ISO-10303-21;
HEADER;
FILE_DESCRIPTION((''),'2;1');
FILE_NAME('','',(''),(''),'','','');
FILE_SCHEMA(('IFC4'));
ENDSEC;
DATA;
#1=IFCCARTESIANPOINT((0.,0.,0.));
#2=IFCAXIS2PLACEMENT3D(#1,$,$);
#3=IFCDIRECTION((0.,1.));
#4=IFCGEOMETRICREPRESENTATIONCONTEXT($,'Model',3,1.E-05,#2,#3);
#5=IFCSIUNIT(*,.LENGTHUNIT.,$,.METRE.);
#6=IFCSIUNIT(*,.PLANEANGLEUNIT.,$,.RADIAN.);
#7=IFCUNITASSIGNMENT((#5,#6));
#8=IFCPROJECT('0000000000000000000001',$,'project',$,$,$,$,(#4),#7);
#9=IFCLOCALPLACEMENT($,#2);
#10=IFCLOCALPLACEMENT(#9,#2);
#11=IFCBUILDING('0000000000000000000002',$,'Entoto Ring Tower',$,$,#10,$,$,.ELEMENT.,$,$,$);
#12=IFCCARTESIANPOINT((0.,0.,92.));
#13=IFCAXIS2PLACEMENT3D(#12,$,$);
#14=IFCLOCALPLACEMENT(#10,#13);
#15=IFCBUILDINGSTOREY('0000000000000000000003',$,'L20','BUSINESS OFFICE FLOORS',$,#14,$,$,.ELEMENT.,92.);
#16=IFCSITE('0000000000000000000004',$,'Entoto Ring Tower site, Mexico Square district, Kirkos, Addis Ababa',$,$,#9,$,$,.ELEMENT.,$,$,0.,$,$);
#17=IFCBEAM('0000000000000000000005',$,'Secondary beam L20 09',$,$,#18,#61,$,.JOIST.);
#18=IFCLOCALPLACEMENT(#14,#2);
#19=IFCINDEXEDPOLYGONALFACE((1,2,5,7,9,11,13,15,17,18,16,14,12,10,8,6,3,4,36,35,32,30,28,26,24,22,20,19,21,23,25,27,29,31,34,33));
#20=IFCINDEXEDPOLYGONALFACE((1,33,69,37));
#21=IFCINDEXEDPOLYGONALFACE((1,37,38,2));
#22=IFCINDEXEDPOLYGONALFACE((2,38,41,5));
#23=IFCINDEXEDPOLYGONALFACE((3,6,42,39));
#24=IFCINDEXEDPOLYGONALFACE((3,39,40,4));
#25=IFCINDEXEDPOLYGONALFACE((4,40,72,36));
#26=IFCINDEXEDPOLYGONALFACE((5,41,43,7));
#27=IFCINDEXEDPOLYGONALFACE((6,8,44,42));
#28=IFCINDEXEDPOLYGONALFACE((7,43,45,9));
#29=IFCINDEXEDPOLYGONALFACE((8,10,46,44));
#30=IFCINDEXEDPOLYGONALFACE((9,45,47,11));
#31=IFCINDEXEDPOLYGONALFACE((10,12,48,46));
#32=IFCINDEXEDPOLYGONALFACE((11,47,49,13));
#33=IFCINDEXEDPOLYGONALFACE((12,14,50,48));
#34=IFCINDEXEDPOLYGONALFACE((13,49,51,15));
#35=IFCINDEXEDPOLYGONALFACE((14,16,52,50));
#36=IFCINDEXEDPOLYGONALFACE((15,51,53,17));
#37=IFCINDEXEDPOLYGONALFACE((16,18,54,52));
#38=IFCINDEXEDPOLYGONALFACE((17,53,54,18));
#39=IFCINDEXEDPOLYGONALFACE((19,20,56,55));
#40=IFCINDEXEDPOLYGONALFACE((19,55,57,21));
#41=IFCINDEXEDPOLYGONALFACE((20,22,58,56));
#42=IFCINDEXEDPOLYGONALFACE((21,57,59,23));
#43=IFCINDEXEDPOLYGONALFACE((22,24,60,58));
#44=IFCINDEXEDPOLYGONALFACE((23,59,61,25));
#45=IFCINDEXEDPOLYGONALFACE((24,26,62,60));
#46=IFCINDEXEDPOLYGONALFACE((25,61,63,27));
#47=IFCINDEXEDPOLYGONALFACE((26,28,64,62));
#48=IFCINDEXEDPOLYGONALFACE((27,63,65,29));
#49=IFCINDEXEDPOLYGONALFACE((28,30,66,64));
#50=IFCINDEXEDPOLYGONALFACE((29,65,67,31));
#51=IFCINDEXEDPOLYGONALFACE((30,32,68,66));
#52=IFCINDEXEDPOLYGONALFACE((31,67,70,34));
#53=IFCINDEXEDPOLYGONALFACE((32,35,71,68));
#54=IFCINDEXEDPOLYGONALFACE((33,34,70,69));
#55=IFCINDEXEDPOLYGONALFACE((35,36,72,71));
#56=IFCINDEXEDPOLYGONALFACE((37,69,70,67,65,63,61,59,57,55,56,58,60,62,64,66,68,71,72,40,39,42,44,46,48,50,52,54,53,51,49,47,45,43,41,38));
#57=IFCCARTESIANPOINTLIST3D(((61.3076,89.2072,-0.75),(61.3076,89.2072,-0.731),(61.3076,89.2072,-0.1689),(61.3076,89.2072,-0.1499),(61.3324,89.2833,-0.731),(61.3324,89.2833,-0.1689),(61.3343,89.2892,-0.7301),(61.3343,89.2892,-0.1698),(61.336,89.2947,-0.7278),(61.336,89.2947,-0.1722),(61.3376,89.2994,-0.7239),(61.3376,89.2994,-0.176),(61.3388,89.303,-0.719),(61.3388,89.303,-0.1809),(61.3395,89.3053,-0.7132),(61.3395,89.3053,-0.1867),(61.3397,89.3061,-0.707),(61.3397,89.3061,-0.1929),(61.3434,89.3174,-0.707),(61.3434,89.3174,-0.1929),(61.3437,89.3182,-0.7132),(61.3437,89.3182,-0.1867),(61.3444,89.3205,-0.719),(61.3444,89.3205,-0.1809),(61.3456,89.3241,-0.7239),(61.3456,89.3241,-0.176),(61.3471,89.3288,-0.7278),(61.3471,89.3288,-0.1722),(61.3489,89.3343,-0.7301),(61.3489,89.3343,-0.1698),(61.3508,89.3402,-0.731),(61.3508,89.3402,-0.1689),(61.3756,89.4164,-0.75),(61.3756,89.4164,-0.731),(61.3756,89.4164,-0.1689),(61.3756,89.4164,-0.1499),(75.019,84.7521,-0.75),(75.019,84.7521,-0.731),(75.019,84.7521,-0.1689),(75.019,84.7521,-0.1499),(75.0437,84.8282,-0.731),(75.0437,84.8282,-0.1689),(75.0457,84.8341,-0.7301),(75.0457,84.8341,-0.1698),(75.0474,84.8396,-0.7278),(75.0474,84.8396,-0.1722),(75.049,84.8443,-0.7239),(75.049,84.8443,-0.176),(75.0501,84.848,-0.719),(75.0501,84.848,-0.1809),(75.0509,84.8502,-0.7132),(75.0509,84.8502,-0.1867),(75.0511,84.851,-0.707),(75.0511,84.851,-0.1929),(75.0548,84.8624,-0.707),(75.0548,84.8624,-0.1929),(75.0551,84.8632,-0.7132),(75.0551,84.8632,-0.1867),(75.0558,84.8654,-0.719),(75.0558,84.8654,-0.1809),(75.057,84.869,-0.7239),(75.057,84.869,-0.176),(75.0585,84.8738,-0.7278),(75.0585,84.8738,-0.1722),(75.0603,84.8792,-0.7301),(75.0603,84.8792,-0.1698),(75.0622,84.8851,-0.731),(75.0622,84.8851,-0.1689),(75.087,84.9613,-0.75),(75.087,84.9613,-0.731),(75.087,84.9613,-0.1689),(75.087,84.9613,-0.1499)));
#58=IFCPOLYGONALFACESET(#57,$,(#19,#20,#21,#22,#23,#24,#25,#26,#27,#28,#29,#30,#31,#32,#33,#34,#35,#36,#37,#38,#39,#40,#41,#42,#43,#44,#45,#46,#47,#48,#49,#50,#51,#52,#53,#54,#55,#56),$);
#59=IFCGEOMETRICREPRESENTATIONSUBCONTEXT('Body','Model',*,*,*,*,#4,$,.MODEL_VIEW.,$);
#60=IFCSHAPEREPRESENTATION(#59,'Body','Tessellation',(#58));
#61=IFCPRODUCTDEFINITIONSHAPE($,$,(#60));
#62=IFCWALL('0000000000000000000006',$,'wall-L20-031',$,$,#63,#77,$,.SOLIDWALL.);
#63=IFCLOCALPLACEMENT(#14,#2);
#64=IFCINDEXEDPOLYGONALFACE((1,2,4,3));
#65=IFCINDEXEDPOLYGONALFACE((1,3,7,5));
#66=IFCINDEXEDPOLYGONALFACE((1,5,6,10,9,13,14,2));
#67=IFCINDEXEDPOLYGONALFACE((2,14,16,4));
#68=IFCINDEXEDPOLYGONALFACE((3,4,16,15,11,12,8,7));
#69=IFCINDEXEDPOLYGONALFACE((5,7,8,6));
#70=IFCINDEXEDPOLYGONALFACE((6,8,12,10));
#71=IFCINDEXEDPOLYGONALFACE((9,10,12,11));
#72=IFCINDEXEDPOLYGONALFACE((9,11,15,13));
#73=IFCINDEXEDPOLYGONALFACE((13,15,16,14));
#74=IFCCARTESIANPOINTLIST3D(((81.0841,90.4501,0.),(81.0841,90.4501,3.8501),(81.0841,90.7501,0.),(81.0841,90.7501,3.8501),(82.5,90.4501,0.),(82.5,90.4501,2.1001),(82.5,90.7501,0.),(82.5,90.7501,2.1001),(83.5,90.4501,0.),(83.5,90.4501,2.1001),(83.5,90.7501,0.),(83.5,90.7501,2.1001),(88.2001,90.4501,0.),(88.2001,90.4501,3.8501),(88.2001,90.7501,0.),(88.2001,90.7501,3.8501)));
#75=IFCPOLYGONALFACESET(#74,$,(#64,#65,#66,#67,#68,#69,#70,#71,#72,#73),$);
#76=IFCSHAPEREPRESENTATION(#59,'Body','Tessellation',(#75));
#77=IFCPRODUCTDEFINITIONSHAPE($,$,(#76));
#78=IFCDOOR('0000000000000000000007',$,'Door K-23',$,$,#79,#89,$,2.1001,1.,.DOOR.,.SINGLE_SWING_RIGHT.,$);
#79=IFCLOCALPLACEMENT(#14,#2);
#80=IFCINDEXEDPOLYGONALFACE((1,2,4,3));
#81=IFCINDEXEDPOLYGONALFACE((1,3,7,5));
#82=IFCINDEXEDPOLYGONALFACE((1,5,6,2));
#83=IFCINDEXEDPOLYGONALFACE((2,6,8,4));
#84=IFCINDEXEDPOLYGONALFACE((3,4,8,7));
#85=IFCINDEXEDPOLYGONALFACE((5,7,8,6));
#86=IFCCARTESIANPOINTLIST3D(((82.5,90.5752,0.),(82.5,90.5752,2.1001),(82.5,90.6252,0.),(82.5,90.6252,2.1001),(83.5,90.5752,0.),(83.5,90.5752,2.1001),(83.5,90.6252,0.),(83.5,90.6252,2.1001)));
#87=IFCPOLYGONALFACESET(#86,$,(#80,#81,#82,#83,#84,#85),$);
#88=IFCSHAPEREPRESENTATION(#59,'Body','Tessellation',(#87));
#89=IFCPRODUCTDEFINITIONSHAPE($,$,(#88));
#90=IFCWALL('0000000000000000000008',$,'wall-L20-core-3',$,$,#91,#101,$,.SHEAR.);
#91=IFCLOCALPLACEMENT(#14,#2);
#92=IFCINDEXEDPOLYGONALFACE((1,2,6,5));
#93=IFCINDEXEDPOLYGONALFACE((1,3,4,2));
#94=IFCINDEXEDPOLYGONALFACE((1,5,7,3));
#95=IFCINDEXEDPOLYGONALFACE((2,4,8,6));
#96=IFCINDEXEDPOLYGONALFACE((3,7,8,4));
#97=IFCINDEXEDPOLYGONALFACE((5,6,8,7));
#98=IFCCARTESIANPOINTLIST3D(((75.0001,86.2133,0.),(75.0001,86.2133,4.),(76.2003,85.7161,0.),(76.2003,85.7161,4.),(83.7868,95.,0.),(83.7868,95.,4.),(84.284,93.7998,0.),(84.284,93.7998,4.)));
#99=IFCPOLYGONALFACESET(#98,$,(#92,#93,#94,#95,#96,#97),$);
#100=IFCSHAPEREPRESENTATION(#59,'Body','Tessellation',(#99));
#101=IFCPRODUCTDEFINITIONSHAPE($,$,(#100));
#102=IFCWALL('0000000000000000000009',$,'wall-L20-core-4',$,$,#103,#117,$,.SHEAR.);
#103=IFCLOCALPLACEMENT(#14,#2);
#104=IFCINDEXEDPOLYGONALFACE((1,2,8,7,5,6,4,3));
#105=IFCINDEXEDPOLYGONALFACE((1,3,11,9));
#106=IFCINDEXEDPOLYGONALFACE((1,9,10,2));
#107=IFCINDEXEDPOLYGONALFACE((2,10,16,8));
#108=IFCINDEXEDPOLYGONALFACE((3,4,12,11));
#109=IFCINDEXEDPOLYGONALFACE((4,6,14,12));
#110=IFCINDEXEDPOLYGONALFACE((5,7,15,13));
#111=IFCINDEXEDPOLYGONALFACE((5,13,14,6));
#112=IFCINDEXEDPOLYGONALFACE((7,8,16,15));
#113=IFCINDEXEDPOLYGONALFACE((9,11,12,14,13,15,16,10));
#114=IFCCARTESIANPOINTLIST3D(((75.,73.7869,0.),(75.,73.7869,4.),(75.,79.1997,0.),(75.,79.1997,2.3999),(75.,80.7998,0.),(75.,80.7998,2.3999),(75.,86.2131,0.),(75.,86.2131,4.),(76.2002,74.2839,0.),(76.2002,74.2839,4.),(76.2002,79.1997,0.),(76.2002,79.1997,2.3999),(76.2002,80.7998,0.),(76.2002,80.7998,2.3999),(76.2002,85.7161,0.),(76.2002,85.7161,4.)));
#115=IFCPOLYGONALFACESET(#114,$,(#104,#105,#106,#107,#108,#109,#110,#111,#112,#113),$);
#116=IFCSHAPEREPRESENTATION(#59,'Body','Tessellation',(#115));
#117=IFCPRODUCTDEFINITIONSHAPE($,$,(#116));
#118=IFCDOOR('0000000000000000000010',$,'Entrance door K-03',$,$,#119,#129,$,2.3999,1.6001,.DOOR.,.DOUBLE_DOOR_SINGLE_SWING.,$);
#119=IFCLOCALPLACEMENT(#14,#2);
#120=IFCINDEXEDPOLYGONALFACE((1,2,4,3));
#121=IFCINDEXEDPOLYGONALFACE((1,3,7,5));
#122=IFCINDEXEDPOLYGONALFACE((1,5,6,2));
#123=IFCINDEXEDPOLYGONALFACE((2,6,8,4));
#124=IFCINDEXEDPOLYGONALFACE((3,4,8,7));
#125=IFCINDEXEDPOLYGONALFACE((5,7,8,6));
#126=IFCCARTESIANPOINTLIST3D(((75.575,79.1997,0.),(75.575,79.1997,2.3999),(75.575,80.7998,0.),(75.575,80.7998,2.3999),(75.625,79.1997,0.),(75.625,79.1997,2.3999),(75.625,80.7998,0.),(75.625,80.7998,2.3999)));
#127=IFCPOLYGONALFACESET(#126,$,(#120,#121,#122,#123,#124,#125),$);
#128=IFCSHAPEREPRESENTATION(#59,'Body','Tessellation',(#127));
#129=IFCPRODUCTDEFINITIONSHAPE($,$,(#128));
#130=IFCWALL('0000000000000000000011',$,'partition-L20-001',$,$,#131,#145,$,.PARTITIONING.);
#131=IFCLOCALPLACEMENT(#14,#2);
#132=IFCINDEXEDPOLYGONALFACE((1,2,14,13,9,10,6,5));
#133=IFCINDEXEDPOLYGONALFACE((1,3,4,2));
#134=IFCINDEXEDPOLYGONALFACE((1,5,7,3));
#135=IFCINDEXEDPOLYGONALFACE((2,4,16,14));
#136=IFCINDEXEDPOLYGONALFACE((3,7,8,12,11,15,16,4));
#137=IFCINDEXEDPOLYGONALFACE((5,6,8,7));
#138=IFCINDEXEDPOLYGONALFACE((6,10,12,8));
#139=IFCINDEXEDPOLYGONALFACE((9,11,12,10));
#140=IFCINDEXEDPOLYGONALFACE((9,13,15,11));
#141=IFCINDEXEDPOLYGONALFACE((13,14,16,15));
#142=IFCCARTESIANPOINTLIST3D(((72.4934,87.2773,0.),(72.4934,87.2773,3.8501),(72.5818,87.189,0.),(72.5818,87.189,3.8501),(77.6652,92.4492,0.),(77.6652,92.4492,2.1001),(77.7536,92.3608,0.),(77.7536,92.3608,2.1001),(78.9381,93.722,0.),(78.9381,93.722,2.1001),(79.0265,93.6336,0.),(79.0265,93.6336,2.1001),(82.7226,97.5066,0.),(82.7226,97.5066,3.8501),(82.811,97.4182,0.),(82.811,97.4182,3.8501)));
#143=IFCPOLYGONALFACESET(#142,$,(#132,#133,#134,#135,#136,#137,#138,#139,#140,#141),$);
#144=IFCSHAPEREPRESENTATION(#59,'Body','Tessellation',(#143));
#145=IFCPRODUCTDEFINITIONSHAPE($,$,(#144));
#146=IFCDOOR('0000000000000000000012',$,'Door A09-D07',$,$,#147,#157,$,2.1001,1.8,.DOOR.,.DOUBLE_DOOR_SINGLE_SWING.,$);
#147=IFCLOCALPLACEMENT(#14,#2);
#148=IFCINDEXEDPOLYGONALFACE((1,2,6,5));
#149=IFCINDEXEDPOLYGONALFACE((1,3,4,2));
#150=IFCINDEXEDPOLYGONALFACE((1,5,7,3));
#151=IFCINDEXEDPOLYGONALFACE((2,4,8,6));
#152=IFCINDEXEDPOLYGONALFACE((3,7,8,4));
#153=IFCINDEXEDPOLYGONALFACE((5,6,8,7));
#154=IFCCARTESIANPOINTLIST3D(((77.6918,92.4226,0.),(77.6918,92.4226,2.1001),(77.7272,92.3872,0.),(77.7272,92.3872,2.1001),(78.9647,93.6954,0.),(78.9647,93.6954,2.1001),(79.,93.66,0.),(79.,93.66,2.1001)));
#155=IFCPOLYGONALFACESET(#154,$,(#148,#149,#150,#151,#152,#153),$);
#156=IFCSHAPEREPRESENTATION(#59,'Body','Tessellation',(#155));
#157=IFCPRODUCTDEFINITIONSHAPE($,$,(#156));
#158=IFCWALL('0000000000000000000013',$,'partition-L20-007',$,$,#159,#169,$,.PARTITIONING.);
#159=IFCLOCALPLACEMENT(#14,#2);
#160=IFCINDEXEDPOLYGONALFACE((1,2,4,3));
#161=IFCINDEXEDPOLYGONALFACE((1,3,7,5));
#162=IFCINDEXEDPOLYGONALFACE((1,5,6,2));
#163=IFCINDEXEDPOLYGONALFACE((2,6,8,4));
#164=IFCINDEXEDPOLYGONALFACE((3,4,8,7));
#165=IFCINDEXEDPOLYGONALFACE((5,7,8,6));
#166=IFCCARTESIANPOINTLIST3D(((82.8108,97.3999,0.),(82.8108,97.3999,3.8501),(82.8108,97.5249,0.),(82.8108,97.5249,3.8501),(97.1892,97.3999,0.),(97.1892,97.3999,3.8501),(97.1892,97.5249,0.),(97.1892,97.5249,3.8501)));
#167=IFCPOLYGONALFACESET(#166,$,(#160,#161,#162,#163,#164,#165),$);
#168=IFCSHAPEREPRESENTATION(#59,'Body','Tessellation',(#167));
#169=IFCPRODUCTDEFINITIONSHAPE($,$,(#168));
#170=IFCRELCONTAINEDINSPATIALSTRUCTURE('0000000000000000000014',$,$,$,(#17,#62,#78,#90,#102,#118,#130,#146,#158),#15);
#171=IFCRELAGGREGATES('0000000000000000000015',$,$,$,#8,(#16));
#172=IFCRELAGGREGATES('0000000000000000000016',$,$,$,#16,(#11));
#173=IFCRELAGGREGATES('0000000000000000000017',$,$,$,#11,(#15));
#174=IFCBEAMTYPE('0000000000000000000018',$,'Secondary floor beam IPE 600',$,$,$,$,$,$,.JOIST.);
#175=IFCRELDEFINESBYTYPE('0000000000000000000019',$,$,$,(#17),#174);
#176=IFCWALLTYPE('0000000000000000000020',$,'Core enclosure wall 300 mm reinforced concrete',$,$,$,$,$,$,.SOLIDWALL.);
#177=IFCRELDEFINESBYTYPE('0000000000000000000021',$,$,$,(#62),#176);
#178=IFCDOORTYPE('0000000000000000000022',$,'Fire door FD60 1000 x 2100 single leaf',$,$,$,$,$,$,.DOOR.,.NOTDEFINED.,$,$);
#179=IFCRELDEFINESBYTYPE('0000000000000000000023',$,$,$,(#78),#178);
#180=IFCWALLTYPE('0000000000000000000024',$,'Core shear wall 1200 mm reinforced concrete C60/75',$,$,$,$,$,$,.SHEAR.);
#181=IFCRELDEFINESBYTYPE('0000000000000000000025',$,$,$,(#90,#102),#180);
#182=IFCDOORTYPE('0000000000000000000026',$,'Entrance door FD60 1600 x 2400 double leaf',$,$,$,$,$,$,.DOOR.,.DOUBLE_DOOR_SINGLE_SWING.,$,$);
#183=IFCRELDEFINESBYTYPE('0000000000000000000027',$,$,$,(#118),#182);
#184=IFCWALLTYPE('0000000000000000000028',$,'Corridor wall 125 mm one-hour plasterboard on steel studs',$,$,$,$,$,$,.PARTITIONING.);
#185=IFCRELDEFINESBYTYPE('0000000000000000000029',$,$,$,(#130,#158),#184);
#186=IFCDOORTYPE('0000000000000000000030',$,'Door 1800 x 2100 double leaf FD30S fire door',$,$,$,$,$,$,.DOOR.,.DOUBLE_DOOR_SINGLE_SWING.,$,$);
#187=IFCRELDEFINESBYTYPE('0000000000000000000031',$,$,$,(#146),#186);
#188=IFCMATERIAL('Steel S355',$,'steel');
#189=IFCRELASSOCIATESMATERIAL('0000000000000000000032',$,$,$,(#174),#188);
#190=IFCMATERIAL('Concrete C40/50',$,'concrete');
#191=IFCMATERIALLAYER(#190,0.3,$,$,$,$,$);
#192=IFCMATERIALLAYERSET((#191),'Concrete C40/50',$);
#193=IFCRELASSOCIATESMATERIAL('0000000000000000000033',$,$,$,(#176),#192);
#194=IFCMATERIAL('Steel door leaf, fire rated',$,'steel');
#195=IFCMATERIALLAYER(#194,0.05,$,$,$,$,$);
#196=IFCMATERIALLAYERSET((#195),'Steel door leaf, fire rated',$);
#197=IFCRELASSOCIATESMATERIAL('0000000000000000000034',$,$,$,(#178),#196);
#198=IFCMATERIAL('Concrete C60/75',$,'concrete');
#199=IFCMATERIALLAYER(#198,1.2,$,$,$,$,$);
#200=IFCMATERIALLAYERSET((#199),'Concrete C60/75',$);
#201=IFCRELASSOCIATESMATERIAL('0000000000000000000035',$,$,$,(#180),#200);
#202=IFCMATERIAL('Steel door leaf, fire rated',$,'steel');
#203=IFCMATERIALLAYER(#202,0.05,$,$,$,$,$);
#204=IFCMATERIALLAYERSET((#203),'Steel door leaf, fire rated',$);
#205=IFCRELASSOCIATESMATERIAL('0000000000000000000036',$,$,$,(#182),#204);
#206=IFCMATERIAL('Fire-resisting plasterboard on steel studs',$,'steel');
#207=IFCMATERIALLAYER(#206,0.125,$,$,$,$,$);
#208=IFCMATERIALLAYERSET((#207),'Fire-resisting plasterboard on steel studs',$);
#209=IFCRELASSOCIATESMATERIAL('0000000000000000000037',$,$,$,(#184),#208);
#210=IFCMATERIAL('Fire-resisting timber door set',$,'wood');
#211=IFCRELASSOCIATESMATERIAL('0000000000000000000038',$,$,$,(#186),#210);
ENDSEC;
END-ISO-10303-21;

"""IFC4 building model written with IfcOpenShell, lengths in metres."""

from ifc_helpers import new_model, si_unit, direction, frame, frame_2d, origin, origin_2d, place, context, subcontext, project, spatial, polyline, rectangle, i_section, outline, extrude, material, layer, layer_set, material_profile, profile_set, type_object, element, fill, save


model = new_model("IFC4")

# Units and contexts
model_context = context("Model", 3, precision=1e-05, world=origin(), true_north=direction((0.0, 1.0)))
body_context = subcontext(model_context, "Body", "Model", "MODEL_VIEW")
ifc_project = project(units=[si_unit("LENGTHUNIT", "METRE"), si_unit("PLANEANGLEUNIT", "RADIAN")], contexts=[model_context])

# Site, building, storey
site_placement = place(None, origin())
site = spatial("IfcSite", under=ifc_project, at=site_placement, Name="Entoto Ring Tower site, Mexico Square district, Kirkos, Addis Ababa", CompositionType="ELEMENT", RefElevation=0.0)
building_placement = place(site_placement, origin())
building = spatial("IfcBuilding", under=site, at=building_placement, Name="Entoto Ring Tower", CompositionType="ELEMENT")
storey_placement = place(building_placement, frame((0.0, 0.0, 92.0)))
storey = spatial("IfcBuildingStorey", under=building, at=storey_placement, Name="L20", Description="BUSINESS OFFICE FLOORS", CompositionType="ELEMENT", Elevation=92.0)

# Beam
ifc_material_1 = material(Name="Steel S355", Category="steel")
ifc_material_profile_1 = material_profile(ifc_material_1, i_section(OverallWidth=0.22, OverallDepth=0.6001, WebThickness=0.012, FlangeThickness=0.019, FilletRadius=0.0239, at=origin_2d()), Name="IPE 600")
ifc_profile_set_1 = profile_set([ifc_material_profile_1], Name="Steel S355")
beam_type_1 = type_object("IfcBeamType", Name="Secondary floor beam IPE 600", PredefinedType="JOIST", material=ifc_profile_set_1)
beam_1_placement = place(storey_placement, frame((75.053, 84.8567, -0.45), z_axis=(-0.951057, 0.309015, 0.0), x_axis=(-0.309015, -0.951057, 0.0)))
element("IfcBeam", 1, at=beam_1_placement, inside=storey, type_object=beam_type_1, Name="Secondary beam L20 09", PredefinedType="JOIST", context=body_context, shape_type="SweptSolid", body=[
    extrude(i_section(OverallWidth=0.22, OverallDepth=0.6001, WebThickness=0.012, FlangeThickness=0.019, FilletRadius=0.0239, at=origin_2d()), origin(), (0.0, 0.0, 1.0), 14.417),
])

# Wall, opening, door
ifc_material_2 = material(Name="Concrete C40/50", Category="concrete")
ifc_layer_1 = layer(ifc_material_2, 0.3)
ifc_layer_set_1 = layer_set([ifc_layer_1], Name="Concrete C40/50")
wall_type_1 = type_object("IfcWallType", Name="Core enclosure wall 300 mm reinforced concrete", PredefinedType="SOLIDWALL", material=ifc_layer_set_1)
wall_1_placement = place(storey_placement, frame((81.084, 90.6001, 0.0), z_axis=(0.0, 0.0, 1.0), x_axis=(1.0, 0.0, 0.0)))
wall_1 = element("IfcWall", 2, at=wall_1_placement, inside=storey, type_object=wall_type_1, Name="wall-L20-031", PredefinedType="SOLIDWALL", context=body_context, shape_type="SweptSolid", body=[
    extrude(rectangle(XDim=7.116, YDim=0.3, at=frame_2d((3.5581, 0.0))), origin(), (0.0, 0.0, 1.0), 3.8501),
])
opening_1_placement = place(wall_1_placement, frame((1.416, 0.0, 0.0)))
opening_1 = element("IfcOpeningElement", 3, at=opening_1_placement, cuts=wall_1, PredefinedType="OPENING", context=body_context, shape_type="SweptSolid", body=[
    extrude(rectangle(XDim=1.0, YDim=2.1001, at=frame_2d((0.5, 1.05))), frame((0.0, 0.1602, 0.0), z_axis=(0.0, -1.0, 0.0), x_axis=(1.0, 0.0, 0.0)), (0.0, 0.0, 1.0), 0.3201),
])
ifc_material_3 = material(Name="Steel door leaf, fire rated", Category="steel")
ifc_layer_2 = layer(ifc_material_3, 0.05)
ifc_layer_set_2 = layer_set([ifc_layer_2], Name="Steel door leaf, fire rated")
door_type_1 = type_object("IfcDoorType", Name="Fire door FD60 1000 x 2100 single leaf", OperationType="NOTDEFINED", PredefinedType="DOOR", material=ifc_layer_set_2)
door_1_placement = place(opening_1_placement, frame((1.0, 0.0, 0.0), z_axis=(0.0, 0.0, 1.0), x_axis=(-1.0, 0.0, 0.0)))
door_1 = element("IfcDoor", 4, at=door_1_placement, inside=storey, type_object=door_type_1, Name="Door K-23", OperationType="SINGLE_SWING_RIGHT", OverallHeight=2.1001, OverallWidth=1.0, PredefinedType="DOOR", context=body_context, shape_type="SweptSolid", body=[
    extrude(rectangle(XDim=1.0, YDim=2.1001, at=frame_2d((0.5, 1.05))), frame((0.0, 0.0249, 0.0), z_axis=(0.0, -1.0, 0.0), x_axis=(1.0, 0.0, 0.0)), (0.0, 0.0, 1.0), 0.05),
])
fill(opening_1, door_1)

# Wall
ifc_material_4 = material(Name="Concrete C60/75", Category="concrete")
ifc_layer_3 = layer(ifc_material_4, 1.2)
ifc_layer_set_3 = layer_set([ifc_layer_3], Name="Concrete C60/75")
wall_type_2 = type_object("IfcWallType", Name="Core shear wall 1200 mm reinforced concrete C60/75", PredefinedType="SHEAR", material=ifc_layer_set_3)
wall_2_placement = place(storey_placement, frame((84.0354, 94.3999, 0.0), z_axis=(0.0, 0.0, 1.0), x_axis=(-0.707107, -0.707107, 0.0)))
element("IfcWall", 5, at=wall_2_placement, inside=storey, type_object=wall_type_2, Name="wall-L20-core-3", PredefinedType="SHEAR", context=body_context, shape_type="SweptSolid", body=[
    extrude(outline(polyline([(-0.2485, -0.6001), (12.1777, -0.6001), (11.6807, 0.6001), (0.2485, 0.6001), (-0.2485, -0.6001)])), origin(), (0.0, 0.0, 1.0), 4.0),
])

# Walls, openings, doors
wall_3_placement = place(storey_placement, frame((75.6001, 85.9646, 0.0), z_axis=(0.0, 0.0, 1.0), x_axis=(0.0, -1.0, 0.0)))
wall_3 = element("IfcWall", 6, at=wall_3_placement, inside=storey, type_object=wall_type_2, Name="wall-L20-core-4", PredefinedType="SHEAR", context=body_context, shape_type="SweptSolid", body=[
    extrude(outline(polyline([(-0.2485, -0.6001), (12.1777, -0.6001), (11.6807, 0.6001), (0.2485, 0.6001), (-0.2485, -0.6001)])), origin(), (0.0, 0.0, 1.0), 4.0),
])
opening_2_placement = place(wall_3_placement, frame((5.1648, 0.0, 0.0)))
opening_2 = element("IfcOpeningElement", 7, at=opening_2_placement, cuts=wall_3, PredefinedType="OPENING", context=body_context, shape_type="SweptSolid", body=[
    extrude(rectangle(XDim=1.6001, YDim=2.3999, at=frame_2d((0.8, 1.2))), frame((0.0, 0.6099, 0.0), z_axis=(0.0, -1.0, 0.0), x_axis=(1.0, 0.0, 0.0)), (0.0, 0.0, 1.0), 1.22),
])
ifc_material_5 = material(Name="Steel door leaf, fire rated", Category="steel")
ifc_layer_4 = layer(ifc_material_5, 0.05)
ifc_layer_set_4 = layer_set([ifc_layer_4], Name="Steel door leaf, fire rated")
door_type_2 = type_object("IfcDoorType", Name="Entrance door FD60 1600 x 2400 double leaf", OperationType="DOUBLE_DOOR_SINGLE_SWING", PredefinedType="DOOR", material=ifc_layer_set_4)
door_2_placement = place(opening_2_placement, origin())
door_2 = element("IfcDoor", 8, at=door_2_placement, inside=storey, type_object=door_type_2, Name="Entrance door K-03", OperationType="DOUBLE_DOOR_SINGLE_SWING", OverallHeight=2.3999, OverallWidth=1.6001, PredefinedType="DOOR", context=body_context, shape_type="SweptSolid", body=[
    extrude(rectangle(XDim=1.6001, YDim=2.3999, at=frame_2d((0.8, 1.2))), frame((0.0, 0.0249, 0.0), z_axis=(0.0, -1.0, 0.0), x_axis=(1.0, 0.0, 0.0)), (0.0, 0.0, 1.0), 0.05),
])
fill(opening_2, door_2)
ifc_material_6 = material(Name="Fire-resisting plasterboard on steel studs", Category="steel")
ifc_layer_5 = layer(ifc_material_6, 0.125)
ifc_layer_set_5 = layer_set([ifc_layer_5], Name="Fire-resisting plasterboard on steel studs")
wall_type_3 = type_object("IfcWallType", Name="Corridor wall 125 mm one-hour plasterboard on steel studs", PredefinedType="PARTITIONING", material=ifc_layer_set_5)
wall_4_placement = place(storey_placement, frame((72.5376, 87.2332, 0.0), z_axis=(0.0, 0.0, 1.0), x_axis=(0.707107, 0.707107, 0.0)))
wall_4 = element("IfcWall", 9, at=wall_4_placement, inside=storey, type_object=wall_type_3, Name="partition-L20-001", PredefinedType="PARTITIONING", context=body_context, shape_type="SweptSolid", body=[
    extrude(rectangle(XDim=14.4663, YDim=0.125, at=frame_2d((7.2332, 0.0))), origin(), (0.0, 0.0, 1.0), 3.8501),
])
opening_3_placement = place(wall_4_placement, frame((7.3142, 0.0, 0.0)))
opening_3 = element("IfcOpeningElement", 10, at=opening_3_placement, cuts=wall_4, PredefinedType="OPENING", context=body_context, shape_type="SweptSolid", body=[
    extrude(rectangle(XDim=1.8, YDim=2.1001, at=frame_2d((0.8999, 1.05))), frame((0.0, 0.0725, 0.0), z_axis=(0.0, -1.0, 0.0), x_axis=(1.0, 0.0, 0.0)), (0.0, 0.0, 1.0), 0.145),
])
ifc_material_7 = material(Name="Fire-resisting timber door set", Category="wood")
door_type_3 = type_object("IfcDoorType", Name="Door 1800 x 2100 double leaf FD30S fire door", OperationType="DOUBLE_DOOR_SINGLE_SWING", PredefinedType="DOOR", material=ifc_material_7)
door_3_placement = place(opening_3_placement, origin())
door_3 = element("IfcDoor", 11, at=door_3_placement, inside=storey, type_object=door_type_3, Name="Door A09-D07", OperationType="DOUBLE_DOOR_SINGLE_SWING", OverallHeight=2.1001, OverallWidth=1.8, PredefinedType="DOOR", context=body_context, shape_type="SweptSolid", body=[
    extrude(rectangle(XDim=1.8, YDim=2.1001, at=frame_2d((0.8999, 1.05))), frame((0.0, 0.0249, 0.0), z_axis=(0.0, -1.0, 0.0), x_axis=(1.0, 0.0, 0.0)), (0.0, 0.0, 1.0), 0.05),
])
fill(opening_3, door_3)

# Wall
wall_5_placement = place(storey_placement, frame((82.8108, 97.4624, 0.0), z_axis=(0.0, 0.0, 1.0), x_axis=(1.0, 0.0, 0.0)))
element("IfcWall", 12, at=wall_5_placement, inside=storey, type_object=wall_type_3, Name="partition-L20-007", PredefinedType="PARTITIONING", context=body_context, shape_type="SweptSolid", body=[
    extrude(rectangle(XDim=14.3784, YDim=0.125, at=frame_2d((7.1892, 0.0))), origin(), (0.0, 0.0, 1.0), 3.8501),
])

save(model, "model.ifc")
